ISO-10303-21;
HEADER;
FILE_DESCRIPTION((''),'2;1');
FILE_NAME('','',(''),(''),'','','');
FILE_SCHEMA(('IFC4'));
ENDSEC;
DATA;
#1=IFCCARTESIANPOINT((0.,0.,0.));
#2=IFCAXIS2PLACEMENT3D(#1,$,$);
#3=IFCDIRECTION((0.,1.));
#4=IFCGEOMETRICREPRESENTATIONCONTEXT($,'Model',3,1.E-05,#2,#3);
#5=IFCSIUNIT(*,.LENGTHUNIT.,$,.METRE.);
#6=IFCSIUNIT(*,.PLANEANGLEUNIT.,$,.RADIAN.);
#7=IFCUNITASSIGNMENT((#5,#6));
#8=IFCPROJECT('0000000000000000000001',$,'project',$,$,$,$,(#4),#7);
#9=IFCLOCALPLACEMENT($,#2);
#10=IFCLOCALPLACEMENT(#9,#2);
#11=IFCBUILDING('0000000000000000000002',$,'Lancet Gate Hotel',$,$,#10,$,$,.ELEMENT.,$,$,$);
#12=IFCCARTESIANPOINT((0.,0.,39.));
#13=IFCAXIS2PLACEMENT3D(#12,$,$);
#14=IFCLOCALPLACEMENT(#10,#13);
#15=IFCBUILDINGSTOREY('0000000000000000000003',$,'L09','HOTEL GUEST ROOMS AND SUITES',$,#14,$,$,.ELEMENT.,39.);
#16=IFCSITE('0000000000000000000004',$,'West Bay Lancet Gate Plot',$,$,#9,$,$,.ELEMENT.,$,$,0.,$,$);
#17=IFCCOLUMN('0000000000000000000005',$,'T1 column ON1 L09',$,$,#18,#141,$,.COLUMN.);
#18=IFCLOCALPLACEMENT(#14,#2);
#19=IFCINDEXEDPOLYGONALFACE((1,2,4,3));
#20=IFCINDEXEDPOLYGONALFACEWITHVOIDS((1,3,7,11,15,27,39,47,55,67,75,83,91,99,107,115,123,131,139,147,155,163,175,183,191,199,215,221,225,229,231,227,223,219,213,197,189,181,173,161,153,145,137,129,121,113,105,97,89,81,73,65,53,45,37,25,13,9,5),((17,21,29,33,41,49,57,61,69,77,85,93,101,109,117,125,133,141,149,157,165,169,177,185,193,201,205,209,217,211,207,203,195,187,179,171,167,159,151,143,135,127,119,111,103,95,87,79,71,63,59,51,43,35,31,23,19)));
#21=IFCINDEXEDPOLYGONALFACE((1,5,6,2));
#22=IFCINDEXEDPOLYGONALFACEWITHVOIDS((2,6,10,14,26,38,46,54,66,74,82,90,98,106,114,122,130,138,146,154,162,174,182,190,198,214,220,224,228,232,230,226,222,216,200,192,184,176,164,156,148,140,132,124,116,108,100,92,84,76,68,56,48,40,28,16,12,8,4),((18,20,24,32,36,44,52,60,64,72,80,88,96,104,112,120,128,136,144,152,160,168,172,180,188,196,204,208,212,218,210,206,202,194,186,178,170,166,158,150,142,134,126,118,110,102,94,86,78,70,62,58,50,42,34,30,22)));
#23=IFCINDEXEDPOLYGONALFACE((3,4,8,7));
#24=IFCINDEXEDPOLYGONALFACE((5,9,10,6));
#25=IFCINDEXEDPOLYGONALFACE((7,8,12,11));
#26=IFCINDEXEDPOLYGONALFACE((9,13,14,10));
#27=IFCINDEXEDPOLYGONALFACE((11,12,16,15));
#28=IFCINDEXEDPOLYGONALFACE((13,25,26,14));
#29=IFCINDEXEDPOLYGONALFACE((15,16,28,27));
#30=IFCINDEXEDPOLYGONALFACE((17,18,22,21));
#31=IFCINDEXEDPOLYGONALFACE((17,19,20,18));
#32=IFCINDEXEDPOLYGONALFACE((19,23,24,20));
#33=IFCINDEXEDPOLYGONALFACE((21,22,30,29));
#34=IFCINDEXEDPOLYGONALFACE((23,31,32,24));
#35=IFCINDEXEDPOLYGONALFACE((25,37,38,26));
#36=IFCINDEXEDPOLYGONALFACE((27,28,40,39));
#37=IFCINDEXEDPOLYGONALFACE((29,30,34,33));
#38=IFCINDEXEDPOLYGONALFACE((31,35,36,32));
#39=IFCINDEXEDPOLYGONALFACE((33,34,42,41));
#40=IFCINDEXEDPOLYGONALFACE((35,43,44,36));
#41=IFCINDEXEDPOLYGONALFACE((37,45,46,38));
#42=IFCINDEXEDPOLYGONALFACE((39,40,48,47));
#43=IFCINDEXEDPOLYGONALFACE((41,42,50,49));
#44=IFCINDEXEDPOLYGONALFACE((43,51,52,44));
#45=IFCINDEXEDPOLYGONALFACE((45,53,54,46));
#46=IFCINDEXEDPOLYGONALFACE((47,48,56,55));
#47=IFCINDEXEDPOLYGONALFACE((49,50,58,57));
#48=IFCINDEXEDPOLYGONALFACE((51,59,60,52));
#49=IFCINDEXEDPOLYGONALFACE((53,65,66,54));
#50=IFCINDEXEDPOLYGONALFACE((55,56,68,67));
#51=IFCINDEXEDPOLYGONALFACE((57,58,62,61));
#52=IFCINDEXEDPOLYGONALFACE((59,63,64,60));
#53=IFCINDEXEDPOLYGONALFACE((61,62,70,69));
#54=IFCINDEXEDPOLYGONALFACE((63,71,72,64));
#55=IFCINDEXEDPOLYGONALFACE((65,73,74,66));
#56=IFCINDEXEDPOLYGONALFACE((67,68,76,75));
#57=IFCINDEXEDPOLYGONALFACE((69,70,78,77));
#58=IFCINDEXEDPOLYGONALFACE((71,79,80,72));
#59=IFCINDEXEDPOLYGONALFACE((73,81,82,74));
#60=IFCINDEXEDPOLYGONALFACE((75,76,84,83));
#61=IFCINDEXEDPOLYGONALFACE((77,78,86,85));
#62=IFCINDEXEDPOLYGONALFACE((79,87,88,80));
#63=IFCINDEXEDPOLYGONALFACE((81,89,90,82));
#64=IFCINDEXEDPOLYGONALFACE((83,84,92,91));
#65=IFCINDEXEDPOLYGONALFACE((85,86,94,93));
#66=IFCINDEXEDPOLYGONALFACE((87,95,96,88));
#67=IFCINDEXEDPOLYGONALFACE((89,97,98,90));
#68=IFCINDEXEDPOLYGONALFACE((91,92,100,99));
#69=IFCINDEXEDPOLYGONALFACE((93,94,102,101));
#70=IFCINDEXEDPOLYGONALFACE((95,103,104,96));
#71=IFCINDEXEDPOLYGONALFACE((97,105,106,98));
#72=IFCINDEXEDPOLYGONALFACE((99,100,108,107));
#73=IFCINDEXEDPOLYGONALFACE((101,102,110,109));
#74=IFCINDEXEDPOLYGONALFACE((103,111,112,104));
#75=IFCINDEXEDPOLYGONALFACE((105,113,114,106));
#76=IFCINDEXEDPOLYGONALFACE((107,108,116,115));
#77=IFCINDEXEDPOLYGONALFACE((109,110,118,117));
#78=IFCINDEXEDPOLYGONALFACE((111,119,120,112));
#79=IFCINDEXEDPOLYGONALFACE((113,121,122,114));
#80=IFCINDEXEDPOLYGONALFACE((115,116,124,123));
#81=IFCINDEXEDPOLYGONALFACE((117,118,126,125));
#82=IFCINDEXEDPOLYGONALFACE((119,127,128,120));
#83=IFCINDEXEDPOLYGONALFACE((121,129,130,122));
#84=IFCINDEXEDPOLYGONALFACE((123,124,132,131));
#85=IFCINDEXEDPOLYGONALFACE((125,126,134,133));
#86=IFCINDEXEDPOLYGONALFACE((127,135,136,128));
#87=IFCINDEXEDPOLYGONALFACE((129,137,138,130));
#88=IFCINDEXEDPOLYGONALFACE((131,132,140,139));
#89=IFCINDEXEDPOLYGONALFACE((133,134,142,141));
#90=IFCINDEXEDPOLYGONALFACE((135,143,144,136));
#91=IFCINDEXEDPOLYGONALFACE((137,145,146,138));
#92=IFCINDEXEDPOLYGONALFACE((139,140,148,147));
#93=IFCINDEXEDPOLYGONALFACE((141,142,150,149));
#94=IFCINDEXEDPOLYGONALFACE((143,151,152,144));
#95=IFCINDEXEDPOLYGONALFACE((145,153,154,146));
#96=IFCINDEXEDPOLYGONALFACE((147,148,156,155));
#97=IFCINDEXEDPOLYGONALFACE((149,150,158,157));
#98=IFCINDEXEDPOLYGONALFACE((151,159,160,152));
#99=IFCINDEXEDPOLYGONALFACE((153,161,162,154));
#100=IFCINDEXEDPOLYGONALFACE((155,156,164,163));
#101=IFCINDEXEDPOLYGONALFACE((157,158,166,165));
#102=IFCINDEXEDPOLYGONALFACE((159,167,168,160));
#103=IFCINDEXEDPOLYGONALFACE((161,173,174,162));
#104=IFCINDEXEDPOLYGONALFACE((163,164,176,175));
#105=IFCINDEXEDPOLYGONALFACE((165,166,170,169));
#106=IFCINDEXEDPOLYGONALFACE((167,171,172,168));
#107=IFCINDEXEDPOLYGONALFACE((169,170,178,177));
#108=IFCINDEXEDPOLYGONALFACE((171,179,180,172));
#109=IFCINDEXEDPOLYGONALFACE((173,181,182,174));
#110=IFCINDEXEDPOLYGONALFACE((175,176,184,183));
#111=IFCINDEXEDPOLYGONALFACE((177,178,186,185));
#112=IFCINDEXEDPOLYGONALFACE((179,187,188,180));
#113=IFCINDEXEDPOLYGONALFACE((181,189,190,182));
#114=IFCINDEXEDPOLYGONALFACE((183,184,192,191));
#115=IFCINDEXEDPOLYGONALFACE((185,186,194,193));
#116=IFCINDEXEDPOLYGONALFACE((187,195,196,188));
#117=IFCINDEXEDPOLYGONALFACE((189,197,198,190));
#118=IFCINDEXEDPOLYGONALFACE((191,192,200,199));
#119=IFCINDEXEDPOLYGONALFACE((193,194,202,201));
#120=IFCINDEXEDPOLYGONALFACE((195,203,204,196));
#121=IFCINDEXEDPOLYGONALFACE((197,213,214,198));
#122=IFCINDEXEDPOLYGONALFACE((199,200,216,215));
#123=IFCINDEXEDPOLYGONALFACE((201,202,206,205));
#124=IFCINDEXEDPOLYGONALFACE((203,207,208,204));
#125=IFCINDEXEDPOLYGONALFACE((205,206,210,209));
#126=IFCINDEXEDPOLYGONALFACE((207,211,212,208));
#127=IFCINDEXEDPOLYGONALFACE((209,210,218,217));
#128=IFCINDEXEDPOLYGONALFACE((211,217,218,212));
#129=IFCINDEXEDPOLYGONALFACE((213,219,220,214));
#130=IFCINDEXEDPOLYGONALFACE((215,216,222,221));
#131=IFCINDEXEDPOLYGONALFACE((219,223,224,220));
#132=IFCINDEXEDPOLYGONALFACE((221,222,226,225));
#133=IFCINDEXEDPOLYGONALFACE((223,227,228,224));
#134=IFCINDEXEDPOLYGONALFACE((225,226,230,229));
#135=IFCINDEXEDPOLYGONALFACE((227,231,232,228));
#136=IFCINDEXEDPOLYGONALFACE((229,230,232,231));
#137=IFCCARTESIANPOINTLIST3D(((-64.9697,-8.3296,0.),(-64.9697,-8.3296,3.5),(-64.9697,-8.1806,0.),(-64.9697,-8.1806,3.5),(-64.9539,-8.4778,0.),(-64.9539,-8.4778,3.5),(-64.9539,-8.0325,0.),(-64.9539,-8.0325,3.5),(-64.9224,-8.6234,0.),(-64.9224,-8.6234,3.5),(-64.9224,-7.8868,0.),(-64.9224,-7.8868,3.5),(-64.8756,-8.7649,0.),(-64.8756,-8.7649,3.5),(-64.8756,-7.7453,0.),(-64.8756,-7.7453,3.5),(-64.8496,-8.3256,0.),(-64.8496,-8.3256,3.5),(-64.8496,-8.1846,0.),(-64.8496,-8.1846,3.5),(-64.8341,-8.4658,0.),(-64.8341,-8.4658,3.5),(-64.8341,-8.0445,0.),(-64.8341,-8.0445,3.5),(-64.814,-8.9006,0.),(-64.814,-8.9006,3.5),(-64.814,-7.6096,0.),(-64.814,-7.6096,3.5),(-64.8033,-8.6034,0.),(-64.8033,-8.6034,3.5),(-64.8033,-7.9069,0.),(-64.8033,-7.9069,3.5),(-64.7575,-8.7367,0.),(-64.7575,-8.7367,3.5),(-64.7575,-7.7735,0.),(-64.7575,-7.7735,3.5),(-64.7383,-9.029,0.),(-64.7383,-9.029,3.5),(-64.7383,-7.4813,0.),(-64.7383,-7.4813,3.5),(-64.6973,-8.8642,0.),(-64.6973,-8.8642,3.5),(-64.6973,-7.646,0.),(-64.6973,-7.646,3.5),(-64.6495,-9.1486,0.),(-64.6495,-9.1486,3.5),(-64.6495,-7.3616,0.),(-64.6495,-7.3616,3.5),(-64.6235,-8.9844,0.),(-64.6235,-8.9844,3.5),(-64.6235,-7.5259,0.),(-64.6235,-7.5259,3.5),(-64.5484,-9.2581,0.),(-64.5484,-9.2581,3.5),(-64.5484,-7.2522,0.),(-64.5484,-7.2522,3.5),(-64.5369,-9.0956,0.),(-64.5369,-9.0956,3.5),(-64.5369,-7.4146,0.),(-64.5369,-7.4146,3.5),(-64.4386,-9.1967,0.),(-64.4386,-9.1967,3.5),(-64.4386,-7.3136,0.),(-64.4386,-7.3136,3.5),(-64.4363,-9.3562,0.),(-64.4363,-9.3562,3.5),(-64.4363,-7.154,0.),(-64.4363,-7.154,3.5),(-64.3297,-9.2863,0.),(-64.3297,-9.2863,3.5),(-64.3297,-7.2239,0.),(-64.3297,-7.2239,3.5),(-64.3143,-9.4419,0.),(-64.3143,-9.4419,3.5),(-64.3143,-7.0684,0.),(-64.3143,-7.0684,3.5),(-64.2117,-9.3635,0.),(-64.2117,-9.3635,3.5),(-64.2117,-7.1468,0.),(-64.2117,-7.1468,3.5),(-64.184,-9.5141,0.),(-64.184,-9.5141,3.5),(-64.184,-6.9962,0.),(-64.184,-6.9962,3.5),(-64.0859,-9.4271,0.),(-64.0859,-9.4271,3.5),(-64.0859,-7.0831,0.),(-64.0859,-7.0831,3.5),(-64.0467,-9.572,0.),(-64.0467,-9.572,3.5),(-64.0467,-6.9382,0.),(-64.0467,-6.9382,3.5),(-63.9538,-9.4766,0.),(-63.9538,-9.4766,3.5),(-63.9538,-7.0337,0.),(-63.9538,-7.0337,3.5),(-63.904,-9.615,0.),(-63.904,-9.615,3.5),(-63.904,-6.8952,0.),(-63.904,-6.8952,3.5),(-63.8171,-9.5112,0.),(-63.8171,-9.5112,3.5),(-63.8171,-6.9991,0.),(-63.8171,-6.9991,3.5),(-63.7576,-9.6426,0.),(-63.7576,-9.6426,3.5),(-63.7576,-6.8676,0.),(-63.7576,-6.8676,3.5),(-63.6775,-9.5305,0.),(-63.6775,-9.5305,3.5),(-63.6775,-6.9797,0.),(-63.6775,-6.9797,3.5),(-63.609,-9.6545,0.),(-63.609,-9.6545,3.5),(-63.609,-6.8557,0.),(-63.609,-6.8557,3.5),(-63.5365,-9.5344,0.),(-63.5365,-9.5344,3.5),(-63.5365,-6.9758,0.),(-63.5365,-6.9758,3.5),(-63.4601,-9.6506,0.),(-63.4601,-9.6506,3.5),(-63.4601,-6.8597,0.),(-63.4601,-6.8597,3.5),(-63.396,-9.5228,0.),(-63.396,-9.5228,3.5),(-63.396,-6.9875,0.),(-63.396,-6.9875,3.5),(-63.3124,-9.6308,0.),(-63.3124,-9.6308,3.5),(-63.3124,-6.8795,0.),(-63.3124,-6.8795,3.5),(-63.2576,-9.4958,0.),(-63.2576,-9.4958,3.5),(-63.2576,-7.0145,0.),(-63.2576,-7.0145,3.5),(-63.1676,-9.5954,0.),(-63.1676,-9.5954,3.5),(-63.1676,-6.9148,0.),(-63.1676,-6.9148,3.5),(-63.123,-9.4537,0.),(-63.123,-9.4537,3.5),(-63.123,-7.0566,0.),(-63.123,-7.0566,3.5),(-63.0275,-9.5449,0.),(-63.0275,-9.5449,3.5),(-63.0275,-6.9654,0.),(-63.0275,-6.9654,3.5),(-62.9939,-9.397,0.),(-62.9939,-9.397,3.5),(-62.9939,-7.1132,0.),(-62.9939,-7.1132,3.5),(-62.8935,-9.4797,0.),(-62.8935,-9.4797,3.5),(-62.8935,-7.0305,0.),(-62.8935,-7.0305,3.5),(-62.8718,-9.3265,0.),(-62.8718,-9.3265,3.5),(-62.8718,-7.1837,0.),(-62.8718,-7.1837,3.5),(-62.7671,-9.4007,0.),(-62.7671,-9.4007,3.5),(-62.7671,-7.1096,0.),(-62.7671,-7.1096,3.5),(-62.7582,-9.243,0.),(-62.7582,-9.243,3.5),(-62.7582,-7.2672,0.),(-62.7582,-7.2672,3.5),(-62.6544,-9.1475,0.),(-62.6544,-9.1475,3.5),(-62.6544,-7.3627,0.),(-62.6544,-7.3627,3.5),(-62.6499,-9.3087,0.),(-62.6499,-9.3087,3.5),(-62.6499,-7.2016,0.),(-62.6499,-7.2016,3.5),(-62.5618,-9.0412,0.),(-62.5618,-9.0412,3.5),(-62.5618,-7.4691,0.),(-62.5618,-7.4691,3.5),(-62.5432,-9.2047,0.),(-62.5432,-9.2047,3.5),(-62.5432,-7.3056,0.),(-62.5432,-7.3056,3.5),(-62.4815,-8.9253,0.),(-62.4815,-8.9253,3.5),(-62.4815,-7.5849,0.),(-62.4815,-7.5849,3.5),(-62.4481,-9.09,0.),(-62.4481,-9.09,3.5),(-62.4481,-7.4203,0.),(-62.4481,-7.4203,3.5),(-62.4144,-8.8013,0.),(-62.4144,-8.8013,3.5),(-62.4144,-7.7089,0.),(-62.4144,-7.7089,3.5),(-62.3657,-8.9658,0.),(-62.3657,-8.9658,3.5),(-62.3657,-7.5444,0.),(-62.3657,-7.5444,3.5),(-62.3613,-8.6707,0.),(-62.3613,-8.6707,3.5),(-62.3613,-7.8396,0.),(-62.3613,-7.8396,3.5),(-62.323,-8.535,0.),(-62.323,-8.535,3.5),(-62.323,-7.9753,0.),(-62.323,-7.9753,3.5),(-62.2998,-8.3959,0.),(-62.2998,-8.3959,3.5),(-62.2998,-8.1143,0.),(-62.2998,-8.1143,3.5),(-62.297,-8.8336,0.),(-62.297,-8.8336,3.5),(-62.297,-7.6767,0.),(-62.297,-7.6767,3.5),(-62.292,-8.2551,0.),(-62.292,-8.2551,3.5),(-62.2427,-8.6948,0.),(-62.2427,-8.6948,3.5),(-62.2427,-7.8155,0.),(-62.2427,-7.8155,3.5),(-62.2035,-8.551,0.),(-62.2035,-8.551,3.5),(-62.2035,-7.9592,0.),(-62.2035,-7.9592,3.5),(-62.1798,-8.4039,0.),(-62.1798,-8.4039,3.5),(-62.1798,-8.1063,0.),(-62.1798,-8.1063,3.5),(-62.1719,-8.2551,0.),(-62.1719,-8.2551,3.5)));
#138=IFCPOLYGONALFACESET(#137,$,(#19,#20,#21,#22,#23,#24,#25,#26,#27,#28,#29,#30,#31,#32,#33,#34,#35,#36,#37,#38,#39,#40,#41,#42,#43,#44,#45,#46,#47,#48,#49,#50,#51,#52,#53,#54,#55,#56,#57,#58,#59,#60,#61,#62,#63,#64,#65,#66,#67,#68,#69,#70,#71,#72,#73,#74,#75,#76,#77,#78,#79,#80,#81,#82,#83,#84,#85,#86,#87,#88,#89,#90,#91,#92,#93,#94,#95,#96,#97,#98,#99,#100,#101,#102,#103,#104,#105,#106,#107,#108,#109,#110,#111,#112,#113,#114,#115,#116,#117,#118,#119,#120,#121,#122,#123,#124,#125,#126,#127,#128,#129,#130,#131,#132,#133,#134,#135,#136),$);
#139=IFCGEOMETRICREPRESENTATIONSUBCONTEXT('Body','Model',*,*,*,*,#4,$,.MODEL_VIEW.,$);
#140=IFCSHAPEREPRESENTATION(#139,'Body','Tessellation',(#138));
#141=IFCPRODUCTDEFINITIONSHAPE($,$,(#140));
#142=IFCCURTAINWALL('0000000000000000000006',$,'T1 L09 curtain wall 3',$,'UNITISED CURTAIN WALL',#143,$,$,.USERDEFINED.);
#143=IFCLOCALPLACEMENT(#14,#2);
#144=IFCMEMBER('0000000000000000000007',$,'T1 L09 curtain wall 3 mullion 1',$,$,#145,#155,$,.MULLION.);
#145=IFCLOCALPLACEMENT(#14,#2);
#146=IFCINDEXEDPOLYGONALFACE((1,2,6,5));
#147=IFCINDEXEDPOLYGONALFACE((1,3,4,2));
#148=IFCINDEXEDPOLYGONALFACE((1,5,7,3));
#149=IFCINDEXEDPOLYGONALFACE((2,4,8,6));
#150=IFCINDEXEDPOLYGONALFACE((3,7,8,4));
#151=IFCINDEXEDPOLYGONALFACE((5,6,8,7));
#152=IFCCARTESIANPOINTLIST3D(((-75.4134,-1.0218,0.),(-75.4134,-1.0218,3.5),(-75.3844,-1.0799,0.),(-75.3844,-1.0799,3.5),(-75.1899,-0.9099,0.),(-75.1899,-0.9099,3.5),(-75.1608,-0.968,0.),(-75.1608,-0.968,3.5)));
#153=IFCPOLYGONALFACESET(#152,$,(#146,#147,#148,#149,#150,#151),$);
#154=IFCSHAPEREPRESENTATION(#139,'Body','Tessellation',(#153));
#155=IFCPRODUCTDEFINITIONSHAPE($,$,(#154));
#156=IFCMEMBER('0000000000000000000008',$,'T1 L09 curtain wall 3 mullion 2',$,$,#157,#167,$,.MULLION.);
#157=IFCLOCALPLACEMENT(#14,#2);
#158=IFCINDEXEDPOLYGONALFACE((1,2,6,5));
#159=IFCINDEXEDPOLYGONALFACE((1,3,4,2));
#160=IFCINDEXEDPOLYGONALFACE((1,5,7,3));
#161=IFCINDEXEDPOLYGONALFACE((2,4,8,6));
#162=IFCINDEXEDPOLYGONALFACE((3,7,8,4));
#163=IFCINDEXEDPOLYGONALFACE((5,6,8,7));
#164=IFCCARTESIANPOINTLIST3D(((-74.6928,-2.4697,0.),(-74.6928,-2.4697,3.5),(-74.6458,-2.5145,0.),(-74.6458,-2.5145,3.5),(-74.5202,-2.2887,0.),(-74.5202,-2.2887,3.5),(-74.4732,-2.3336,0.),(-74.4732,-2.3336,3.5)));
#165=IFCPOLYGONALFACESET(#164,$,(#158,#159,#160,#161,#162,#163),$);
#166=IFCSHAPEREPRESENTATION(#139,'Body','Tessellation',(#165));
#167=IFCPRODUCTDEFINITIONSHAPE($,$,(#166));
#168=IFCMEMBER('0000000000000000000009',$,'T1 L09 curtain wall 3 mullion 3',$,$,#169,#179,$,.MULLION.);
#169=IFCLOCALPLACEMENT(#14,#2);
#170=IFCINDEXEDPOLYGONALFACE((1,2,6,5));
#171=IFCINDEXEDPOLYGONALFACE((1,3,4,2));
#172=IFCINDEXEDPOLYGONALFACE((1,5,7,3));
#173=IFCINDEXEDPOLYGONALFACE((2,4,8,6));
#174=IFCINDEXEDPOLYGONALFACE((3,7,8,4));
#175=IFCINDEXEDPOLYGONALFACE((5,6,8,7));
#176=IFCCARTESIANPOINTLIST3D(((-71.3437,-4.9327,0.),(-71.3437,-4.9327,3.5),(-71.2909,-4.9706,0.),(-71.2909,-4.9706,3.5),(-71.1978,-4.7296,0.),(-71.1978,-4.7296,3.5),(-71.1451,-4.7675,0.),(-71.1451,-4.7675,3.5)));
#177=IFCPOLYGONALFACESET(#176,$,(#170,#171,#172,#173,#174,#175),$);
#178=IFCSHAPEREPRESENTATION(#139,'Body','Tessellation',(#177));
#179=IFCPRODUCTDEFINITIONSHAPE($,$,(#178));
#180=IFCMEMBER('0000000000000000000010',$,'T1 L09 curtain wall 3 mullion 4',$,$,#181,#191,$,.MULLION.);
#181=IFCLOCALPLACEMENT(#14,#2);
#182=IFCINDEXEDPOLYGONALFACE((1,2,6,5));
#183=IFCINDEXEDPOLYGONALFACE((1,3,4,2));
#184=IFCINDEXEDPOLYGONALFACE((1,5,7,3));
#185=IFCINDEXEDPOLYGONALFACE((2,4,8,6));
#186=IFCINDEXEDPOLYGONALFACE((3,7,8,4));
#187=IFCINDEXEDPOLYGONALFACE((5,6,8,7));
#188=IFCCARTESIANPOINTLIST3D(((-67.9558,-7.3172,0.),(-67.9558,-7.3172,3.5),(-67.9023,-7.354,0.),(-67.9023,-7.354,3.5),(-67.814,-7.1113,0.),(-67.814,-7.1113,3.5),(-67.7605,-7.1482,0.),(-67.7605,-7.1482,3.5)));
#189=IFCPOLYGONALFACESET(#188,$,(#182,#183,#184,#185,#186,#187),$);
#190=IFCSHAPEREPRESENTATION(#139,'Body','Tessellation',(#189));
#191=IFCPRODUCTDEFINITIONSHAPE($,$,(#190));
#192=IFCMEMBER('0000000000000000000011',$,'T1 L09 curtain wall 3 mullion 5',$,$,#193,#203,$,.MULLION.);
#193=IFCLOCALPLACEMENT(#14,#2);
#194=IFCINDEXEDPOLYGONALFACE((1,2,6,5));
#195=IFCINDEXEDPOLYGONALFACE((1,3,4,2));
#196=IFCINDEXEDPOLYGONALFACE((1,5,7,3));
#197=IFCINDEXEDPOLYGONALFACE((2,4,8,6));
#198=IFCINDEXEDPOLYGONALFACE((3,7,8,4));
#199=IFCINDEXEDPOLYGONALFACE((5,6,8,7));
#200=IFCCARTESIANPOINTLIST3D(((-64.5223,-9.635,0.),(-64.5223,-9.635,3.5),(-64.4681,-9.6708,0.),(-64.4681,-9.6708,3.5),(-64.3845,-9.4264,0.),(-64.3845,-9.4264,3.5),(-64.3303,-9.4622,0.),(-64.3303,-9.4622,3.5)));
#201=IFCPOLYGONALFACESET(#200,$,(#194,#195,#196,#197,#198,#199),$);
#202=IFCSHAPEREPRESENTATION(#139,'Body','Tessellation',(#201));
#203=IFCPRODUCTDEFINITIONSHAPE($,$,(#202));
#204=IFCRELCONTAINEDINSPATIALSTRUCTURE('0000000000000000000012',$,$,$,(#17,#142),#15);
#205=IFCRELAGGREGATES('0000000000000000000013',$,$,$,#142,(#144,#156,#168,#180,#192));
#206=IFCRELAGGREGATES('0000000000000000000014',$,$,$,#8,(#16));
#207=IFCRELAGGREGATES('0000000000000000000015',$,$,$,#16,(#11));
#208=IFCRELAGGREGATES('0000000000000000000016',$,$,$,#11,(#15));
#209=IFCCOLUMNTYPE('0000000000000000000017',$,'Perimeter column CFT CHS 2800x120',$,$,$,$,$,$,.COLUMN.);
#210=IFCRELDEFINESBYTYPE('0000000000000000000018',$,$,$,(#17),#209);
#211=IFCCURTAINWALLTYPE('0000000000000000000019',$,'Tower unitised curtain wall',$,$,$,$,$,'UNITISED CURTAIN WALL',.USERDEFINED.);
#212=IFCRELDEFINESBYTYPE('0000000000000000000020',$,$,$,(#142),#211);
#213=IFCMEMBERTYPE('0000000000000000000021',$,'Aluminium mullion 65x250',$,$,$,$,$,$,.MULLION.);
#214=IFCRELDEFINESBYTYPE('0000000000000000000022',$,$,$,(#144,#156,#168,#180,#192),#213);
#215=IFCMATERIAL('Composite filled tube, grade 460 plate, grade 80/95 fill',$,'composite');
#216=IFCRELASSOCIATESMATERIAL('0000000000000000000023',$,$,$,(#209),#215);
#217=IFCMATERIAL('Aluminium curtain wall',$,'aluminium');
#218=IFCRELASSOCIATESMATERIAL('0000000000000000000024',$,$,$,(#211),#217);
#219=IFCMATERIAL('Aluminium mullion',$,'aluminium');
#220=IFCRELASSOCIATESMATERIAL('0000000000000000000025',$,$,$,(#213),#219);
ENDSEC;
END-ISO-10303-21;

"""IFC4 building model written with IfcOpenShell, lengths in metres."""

from ifc_helpers import new_model, si_unit, direction, frame, origin, origin_2d, place, context, subcontext, project, spatial, rectangle, hollow_circle, extrude, material, material_profile, profile_set, type_object, element, aggregate, save


model = new_model("IFC4")

# Units and contexts
model_context = context("Model", 3, precision=1e-05, world=origin(), true_north=direction((0.0, 1.0)))
body_context = subcontext(model_context, "Body", "Model", "MODEL_VIEW")
ifc_project = project(units=[si_unit("LENGTHUNIT", "METRE"), si_unit("PLANEANGLEUNIT", "RADIAN")], contexts=[model_context])

# Site, building, storey
site_placement = place(None, origin())
site = spatial("IfcSite", under=ifc_project, at=site_placement, Name="West Bay Lancet Gate Plot", CompositionType="ELEMENT", RefElevation=0.0)
building_placement = place(site_placement, origin())
building = spatial("IfcBuilding", under=site, at=building_placement, Name="Lancet Gate Hotel", CompositionType="ELEMENT")
storey_placement = place(building_placement, frame((0.0, 0.0, 39.0)))
storey = spatial("IfcBuildingStorey", under=building, at=storey_placement, Name="L09", Description="HOTEL GUEST ROOMS AND SUITES", CompositionType="ELEMENT", Elevation=39.0)

# Column
ifc_material_1 = material(Name="Composite filled tube, grade 460 plate, grade 80/95 fill", Category="composite")
ifc_material_profile_1 = material_profile(ifc_material_1, hollow_circle(Radius=1.3999, WallThickness=0.1201, at=origin_2d()), Name="CHS 2800x120")
ifc_profile_set_1 = profile_set([ifc_material_profile_1], Name="Composite filled tube, grade 460 plate, grade 80/95 fill")
column_type_1 = type_object("IfcColumnType", Name="Perimeter column CFT CHS 2800x120", PredefinedType="COLUMN", material=ifc_profile_set_1)
column_1_placement = place(storey_placement, frame((-63.5718, -8.2551, 0.0), z_axis=(0.0, 0.0, 1.0), x_axis=(1.0, 0.0, 0.0)))
element("IfcColumn", 1, at=column_1_placement, inside=storey, type_object=column_type_1, Name="T1 column ON1 L09", PredefinedType="COLUMN", context=body_context, shape_type="SweptSolid", body=[
    extrude(hollow_circle(Radius=1.3999, WallThickness=0.1201, at=origin_2d()), origin(), (0.0, 0.0, 1.0), 3.5),
])

# Curtain wall, members
ifc_material_2 = material(Name="Aluminium curtain wall", Category="aluminium")
curtain_wall_type = type_object("IfcCurtainWallType", Name="Tower unitised curtain wall", ElementType="UNITISED CURTAIN WALL", PredefinedType="USERDEFINED", material=ifc_material_2)
curtain_wall_placement = place(storey_placement, origin())
curtain_wall = element("IfcCurtainWall", 2, at=curtain_wall_placement, inside=storey, type_object=curtain_wall_type, Name="T1 L09 curtain wall 3", ObjectType="UNITISED CURTAIN WALL", PredefinedType="USERDEFINED")
ifc_material_3 = material(Name="Aluminium mullion", Category="aluminium")
ifc_material_profile_2 = material_profile(ifc_material_3, rectangle(XDim=0.0649, YDim=0.25, at=origin_2d()), Name="MULLION 65x250")
ifc_profile_set_2 = profile_set([ifc_material_profile_2], Name="Aluminium mullion")
member_type_1 = type_object("IfcMemberType", Name="Aluminium mullion 65x250", PredefinedType="MULLION", material=ifc_profile_set_2)
member_1_placement = place(storey_placement, frame((-75.2871, -0.9949, 0.0), z_axis=(0.0, 0.0, 1.0), x_axis=(0.447628, -0.89422, 0.0)))
member_1 = element("IfcMember", 3, at=member_1_placement, type_object=member_type_1, Name="T1 L09 curtain wall 3 mullion 1", PredefinedType="MULLION", context=body_context, shape_type="SweptSolid", body=[
    extrude(rectangle(XDim=0.0649, YDim=0.25, at=origin_2d()), origin(), (0.0, 0.0, 1.0), 3.5),
])
member_2_placement = place(storey_placement, frame((-74.583, -2.4016, 0.0), z_axis=(0.0, 0.0, 1.0), x_axis=(0.723696, -0.690119, 0.0)))
member_2 = element("IfcMember", 4, at=member_2_placement, type_object=member_type_1, Name="T1 L09 curtain wall 3 mullion 2", PredefinedType="MULLION", context=body_context, shape_type="SweptSolid", body=[
    extrude(rectangle(XDim=0.0649, YDim=0.25, at=origin_2d()), origin(), (0.0, 0.0, 1.0), 3.5),
])
member_3_placement = place(storey_placement, frame((-71.2444, -4.8501, 0.0), z_axis=(0.0, 0.0, 1.0), x_axis=(0.812147, -0.583453, 0.0)))
member_3 = element("IfcMember", 5, at=member_3_placement, type_object=member_type_1, Name="T1 L09 curtain wall 3 mullion 3", PredefinedType="MULLION", context=body_context, shape_type="SweptSolid", body=[
    extrude(rectangle(XDim=0.0649, YDim=0.25, at=origin_2d()), origin(), (0.0, 0.0, 1.0), 3.5),
])
member_4_placement = place(storey_placement, frame((-67.8582, -7.2327, 0.0), z_axis=(0.0, 0.0, 1.0), x_axis=(0.823425, -0.567425, 0.0)))
member_4 = element("IfcMember", 6, at=member_4_placement, type_object=member_type_1, Name="T1 L09 curtain wall 3 mullion 4", PredefinedType="MULLION", context=body_context, shape_type="SweptSolid", body=[
    extrude(rectangle(XDim=0.0649, YDim=0.25, at=origin_2d()), origin(), (0.0, 0.0, 1.0), 3.5),
])
member_5_placement = place(storey_placement, frame((-64.4263, -9.5486, 0.0), z_axis=(0.0, 0.0, 1.0), x_axis=(0.834387, -0.551178, 0.0)))
member_5 = element("IfcMember", 7, at=member_5_placement, type_object=member_type_1, Name="T1 L09 curtain wall 3 mullion 5", PredefinedType="MULLION", context=body_context, shape_type="SweptSolid", body=[
    extrude(rectangle(XDim=0.0649, YDim=0.25, at=origin_2d()), origin(), (0.0, 0.0, 1.0), 3.5),
])

aggregate(curtain_wall, [member_1, member_2, member_3, member_4, member_5])

save(model, "model.ifc")
